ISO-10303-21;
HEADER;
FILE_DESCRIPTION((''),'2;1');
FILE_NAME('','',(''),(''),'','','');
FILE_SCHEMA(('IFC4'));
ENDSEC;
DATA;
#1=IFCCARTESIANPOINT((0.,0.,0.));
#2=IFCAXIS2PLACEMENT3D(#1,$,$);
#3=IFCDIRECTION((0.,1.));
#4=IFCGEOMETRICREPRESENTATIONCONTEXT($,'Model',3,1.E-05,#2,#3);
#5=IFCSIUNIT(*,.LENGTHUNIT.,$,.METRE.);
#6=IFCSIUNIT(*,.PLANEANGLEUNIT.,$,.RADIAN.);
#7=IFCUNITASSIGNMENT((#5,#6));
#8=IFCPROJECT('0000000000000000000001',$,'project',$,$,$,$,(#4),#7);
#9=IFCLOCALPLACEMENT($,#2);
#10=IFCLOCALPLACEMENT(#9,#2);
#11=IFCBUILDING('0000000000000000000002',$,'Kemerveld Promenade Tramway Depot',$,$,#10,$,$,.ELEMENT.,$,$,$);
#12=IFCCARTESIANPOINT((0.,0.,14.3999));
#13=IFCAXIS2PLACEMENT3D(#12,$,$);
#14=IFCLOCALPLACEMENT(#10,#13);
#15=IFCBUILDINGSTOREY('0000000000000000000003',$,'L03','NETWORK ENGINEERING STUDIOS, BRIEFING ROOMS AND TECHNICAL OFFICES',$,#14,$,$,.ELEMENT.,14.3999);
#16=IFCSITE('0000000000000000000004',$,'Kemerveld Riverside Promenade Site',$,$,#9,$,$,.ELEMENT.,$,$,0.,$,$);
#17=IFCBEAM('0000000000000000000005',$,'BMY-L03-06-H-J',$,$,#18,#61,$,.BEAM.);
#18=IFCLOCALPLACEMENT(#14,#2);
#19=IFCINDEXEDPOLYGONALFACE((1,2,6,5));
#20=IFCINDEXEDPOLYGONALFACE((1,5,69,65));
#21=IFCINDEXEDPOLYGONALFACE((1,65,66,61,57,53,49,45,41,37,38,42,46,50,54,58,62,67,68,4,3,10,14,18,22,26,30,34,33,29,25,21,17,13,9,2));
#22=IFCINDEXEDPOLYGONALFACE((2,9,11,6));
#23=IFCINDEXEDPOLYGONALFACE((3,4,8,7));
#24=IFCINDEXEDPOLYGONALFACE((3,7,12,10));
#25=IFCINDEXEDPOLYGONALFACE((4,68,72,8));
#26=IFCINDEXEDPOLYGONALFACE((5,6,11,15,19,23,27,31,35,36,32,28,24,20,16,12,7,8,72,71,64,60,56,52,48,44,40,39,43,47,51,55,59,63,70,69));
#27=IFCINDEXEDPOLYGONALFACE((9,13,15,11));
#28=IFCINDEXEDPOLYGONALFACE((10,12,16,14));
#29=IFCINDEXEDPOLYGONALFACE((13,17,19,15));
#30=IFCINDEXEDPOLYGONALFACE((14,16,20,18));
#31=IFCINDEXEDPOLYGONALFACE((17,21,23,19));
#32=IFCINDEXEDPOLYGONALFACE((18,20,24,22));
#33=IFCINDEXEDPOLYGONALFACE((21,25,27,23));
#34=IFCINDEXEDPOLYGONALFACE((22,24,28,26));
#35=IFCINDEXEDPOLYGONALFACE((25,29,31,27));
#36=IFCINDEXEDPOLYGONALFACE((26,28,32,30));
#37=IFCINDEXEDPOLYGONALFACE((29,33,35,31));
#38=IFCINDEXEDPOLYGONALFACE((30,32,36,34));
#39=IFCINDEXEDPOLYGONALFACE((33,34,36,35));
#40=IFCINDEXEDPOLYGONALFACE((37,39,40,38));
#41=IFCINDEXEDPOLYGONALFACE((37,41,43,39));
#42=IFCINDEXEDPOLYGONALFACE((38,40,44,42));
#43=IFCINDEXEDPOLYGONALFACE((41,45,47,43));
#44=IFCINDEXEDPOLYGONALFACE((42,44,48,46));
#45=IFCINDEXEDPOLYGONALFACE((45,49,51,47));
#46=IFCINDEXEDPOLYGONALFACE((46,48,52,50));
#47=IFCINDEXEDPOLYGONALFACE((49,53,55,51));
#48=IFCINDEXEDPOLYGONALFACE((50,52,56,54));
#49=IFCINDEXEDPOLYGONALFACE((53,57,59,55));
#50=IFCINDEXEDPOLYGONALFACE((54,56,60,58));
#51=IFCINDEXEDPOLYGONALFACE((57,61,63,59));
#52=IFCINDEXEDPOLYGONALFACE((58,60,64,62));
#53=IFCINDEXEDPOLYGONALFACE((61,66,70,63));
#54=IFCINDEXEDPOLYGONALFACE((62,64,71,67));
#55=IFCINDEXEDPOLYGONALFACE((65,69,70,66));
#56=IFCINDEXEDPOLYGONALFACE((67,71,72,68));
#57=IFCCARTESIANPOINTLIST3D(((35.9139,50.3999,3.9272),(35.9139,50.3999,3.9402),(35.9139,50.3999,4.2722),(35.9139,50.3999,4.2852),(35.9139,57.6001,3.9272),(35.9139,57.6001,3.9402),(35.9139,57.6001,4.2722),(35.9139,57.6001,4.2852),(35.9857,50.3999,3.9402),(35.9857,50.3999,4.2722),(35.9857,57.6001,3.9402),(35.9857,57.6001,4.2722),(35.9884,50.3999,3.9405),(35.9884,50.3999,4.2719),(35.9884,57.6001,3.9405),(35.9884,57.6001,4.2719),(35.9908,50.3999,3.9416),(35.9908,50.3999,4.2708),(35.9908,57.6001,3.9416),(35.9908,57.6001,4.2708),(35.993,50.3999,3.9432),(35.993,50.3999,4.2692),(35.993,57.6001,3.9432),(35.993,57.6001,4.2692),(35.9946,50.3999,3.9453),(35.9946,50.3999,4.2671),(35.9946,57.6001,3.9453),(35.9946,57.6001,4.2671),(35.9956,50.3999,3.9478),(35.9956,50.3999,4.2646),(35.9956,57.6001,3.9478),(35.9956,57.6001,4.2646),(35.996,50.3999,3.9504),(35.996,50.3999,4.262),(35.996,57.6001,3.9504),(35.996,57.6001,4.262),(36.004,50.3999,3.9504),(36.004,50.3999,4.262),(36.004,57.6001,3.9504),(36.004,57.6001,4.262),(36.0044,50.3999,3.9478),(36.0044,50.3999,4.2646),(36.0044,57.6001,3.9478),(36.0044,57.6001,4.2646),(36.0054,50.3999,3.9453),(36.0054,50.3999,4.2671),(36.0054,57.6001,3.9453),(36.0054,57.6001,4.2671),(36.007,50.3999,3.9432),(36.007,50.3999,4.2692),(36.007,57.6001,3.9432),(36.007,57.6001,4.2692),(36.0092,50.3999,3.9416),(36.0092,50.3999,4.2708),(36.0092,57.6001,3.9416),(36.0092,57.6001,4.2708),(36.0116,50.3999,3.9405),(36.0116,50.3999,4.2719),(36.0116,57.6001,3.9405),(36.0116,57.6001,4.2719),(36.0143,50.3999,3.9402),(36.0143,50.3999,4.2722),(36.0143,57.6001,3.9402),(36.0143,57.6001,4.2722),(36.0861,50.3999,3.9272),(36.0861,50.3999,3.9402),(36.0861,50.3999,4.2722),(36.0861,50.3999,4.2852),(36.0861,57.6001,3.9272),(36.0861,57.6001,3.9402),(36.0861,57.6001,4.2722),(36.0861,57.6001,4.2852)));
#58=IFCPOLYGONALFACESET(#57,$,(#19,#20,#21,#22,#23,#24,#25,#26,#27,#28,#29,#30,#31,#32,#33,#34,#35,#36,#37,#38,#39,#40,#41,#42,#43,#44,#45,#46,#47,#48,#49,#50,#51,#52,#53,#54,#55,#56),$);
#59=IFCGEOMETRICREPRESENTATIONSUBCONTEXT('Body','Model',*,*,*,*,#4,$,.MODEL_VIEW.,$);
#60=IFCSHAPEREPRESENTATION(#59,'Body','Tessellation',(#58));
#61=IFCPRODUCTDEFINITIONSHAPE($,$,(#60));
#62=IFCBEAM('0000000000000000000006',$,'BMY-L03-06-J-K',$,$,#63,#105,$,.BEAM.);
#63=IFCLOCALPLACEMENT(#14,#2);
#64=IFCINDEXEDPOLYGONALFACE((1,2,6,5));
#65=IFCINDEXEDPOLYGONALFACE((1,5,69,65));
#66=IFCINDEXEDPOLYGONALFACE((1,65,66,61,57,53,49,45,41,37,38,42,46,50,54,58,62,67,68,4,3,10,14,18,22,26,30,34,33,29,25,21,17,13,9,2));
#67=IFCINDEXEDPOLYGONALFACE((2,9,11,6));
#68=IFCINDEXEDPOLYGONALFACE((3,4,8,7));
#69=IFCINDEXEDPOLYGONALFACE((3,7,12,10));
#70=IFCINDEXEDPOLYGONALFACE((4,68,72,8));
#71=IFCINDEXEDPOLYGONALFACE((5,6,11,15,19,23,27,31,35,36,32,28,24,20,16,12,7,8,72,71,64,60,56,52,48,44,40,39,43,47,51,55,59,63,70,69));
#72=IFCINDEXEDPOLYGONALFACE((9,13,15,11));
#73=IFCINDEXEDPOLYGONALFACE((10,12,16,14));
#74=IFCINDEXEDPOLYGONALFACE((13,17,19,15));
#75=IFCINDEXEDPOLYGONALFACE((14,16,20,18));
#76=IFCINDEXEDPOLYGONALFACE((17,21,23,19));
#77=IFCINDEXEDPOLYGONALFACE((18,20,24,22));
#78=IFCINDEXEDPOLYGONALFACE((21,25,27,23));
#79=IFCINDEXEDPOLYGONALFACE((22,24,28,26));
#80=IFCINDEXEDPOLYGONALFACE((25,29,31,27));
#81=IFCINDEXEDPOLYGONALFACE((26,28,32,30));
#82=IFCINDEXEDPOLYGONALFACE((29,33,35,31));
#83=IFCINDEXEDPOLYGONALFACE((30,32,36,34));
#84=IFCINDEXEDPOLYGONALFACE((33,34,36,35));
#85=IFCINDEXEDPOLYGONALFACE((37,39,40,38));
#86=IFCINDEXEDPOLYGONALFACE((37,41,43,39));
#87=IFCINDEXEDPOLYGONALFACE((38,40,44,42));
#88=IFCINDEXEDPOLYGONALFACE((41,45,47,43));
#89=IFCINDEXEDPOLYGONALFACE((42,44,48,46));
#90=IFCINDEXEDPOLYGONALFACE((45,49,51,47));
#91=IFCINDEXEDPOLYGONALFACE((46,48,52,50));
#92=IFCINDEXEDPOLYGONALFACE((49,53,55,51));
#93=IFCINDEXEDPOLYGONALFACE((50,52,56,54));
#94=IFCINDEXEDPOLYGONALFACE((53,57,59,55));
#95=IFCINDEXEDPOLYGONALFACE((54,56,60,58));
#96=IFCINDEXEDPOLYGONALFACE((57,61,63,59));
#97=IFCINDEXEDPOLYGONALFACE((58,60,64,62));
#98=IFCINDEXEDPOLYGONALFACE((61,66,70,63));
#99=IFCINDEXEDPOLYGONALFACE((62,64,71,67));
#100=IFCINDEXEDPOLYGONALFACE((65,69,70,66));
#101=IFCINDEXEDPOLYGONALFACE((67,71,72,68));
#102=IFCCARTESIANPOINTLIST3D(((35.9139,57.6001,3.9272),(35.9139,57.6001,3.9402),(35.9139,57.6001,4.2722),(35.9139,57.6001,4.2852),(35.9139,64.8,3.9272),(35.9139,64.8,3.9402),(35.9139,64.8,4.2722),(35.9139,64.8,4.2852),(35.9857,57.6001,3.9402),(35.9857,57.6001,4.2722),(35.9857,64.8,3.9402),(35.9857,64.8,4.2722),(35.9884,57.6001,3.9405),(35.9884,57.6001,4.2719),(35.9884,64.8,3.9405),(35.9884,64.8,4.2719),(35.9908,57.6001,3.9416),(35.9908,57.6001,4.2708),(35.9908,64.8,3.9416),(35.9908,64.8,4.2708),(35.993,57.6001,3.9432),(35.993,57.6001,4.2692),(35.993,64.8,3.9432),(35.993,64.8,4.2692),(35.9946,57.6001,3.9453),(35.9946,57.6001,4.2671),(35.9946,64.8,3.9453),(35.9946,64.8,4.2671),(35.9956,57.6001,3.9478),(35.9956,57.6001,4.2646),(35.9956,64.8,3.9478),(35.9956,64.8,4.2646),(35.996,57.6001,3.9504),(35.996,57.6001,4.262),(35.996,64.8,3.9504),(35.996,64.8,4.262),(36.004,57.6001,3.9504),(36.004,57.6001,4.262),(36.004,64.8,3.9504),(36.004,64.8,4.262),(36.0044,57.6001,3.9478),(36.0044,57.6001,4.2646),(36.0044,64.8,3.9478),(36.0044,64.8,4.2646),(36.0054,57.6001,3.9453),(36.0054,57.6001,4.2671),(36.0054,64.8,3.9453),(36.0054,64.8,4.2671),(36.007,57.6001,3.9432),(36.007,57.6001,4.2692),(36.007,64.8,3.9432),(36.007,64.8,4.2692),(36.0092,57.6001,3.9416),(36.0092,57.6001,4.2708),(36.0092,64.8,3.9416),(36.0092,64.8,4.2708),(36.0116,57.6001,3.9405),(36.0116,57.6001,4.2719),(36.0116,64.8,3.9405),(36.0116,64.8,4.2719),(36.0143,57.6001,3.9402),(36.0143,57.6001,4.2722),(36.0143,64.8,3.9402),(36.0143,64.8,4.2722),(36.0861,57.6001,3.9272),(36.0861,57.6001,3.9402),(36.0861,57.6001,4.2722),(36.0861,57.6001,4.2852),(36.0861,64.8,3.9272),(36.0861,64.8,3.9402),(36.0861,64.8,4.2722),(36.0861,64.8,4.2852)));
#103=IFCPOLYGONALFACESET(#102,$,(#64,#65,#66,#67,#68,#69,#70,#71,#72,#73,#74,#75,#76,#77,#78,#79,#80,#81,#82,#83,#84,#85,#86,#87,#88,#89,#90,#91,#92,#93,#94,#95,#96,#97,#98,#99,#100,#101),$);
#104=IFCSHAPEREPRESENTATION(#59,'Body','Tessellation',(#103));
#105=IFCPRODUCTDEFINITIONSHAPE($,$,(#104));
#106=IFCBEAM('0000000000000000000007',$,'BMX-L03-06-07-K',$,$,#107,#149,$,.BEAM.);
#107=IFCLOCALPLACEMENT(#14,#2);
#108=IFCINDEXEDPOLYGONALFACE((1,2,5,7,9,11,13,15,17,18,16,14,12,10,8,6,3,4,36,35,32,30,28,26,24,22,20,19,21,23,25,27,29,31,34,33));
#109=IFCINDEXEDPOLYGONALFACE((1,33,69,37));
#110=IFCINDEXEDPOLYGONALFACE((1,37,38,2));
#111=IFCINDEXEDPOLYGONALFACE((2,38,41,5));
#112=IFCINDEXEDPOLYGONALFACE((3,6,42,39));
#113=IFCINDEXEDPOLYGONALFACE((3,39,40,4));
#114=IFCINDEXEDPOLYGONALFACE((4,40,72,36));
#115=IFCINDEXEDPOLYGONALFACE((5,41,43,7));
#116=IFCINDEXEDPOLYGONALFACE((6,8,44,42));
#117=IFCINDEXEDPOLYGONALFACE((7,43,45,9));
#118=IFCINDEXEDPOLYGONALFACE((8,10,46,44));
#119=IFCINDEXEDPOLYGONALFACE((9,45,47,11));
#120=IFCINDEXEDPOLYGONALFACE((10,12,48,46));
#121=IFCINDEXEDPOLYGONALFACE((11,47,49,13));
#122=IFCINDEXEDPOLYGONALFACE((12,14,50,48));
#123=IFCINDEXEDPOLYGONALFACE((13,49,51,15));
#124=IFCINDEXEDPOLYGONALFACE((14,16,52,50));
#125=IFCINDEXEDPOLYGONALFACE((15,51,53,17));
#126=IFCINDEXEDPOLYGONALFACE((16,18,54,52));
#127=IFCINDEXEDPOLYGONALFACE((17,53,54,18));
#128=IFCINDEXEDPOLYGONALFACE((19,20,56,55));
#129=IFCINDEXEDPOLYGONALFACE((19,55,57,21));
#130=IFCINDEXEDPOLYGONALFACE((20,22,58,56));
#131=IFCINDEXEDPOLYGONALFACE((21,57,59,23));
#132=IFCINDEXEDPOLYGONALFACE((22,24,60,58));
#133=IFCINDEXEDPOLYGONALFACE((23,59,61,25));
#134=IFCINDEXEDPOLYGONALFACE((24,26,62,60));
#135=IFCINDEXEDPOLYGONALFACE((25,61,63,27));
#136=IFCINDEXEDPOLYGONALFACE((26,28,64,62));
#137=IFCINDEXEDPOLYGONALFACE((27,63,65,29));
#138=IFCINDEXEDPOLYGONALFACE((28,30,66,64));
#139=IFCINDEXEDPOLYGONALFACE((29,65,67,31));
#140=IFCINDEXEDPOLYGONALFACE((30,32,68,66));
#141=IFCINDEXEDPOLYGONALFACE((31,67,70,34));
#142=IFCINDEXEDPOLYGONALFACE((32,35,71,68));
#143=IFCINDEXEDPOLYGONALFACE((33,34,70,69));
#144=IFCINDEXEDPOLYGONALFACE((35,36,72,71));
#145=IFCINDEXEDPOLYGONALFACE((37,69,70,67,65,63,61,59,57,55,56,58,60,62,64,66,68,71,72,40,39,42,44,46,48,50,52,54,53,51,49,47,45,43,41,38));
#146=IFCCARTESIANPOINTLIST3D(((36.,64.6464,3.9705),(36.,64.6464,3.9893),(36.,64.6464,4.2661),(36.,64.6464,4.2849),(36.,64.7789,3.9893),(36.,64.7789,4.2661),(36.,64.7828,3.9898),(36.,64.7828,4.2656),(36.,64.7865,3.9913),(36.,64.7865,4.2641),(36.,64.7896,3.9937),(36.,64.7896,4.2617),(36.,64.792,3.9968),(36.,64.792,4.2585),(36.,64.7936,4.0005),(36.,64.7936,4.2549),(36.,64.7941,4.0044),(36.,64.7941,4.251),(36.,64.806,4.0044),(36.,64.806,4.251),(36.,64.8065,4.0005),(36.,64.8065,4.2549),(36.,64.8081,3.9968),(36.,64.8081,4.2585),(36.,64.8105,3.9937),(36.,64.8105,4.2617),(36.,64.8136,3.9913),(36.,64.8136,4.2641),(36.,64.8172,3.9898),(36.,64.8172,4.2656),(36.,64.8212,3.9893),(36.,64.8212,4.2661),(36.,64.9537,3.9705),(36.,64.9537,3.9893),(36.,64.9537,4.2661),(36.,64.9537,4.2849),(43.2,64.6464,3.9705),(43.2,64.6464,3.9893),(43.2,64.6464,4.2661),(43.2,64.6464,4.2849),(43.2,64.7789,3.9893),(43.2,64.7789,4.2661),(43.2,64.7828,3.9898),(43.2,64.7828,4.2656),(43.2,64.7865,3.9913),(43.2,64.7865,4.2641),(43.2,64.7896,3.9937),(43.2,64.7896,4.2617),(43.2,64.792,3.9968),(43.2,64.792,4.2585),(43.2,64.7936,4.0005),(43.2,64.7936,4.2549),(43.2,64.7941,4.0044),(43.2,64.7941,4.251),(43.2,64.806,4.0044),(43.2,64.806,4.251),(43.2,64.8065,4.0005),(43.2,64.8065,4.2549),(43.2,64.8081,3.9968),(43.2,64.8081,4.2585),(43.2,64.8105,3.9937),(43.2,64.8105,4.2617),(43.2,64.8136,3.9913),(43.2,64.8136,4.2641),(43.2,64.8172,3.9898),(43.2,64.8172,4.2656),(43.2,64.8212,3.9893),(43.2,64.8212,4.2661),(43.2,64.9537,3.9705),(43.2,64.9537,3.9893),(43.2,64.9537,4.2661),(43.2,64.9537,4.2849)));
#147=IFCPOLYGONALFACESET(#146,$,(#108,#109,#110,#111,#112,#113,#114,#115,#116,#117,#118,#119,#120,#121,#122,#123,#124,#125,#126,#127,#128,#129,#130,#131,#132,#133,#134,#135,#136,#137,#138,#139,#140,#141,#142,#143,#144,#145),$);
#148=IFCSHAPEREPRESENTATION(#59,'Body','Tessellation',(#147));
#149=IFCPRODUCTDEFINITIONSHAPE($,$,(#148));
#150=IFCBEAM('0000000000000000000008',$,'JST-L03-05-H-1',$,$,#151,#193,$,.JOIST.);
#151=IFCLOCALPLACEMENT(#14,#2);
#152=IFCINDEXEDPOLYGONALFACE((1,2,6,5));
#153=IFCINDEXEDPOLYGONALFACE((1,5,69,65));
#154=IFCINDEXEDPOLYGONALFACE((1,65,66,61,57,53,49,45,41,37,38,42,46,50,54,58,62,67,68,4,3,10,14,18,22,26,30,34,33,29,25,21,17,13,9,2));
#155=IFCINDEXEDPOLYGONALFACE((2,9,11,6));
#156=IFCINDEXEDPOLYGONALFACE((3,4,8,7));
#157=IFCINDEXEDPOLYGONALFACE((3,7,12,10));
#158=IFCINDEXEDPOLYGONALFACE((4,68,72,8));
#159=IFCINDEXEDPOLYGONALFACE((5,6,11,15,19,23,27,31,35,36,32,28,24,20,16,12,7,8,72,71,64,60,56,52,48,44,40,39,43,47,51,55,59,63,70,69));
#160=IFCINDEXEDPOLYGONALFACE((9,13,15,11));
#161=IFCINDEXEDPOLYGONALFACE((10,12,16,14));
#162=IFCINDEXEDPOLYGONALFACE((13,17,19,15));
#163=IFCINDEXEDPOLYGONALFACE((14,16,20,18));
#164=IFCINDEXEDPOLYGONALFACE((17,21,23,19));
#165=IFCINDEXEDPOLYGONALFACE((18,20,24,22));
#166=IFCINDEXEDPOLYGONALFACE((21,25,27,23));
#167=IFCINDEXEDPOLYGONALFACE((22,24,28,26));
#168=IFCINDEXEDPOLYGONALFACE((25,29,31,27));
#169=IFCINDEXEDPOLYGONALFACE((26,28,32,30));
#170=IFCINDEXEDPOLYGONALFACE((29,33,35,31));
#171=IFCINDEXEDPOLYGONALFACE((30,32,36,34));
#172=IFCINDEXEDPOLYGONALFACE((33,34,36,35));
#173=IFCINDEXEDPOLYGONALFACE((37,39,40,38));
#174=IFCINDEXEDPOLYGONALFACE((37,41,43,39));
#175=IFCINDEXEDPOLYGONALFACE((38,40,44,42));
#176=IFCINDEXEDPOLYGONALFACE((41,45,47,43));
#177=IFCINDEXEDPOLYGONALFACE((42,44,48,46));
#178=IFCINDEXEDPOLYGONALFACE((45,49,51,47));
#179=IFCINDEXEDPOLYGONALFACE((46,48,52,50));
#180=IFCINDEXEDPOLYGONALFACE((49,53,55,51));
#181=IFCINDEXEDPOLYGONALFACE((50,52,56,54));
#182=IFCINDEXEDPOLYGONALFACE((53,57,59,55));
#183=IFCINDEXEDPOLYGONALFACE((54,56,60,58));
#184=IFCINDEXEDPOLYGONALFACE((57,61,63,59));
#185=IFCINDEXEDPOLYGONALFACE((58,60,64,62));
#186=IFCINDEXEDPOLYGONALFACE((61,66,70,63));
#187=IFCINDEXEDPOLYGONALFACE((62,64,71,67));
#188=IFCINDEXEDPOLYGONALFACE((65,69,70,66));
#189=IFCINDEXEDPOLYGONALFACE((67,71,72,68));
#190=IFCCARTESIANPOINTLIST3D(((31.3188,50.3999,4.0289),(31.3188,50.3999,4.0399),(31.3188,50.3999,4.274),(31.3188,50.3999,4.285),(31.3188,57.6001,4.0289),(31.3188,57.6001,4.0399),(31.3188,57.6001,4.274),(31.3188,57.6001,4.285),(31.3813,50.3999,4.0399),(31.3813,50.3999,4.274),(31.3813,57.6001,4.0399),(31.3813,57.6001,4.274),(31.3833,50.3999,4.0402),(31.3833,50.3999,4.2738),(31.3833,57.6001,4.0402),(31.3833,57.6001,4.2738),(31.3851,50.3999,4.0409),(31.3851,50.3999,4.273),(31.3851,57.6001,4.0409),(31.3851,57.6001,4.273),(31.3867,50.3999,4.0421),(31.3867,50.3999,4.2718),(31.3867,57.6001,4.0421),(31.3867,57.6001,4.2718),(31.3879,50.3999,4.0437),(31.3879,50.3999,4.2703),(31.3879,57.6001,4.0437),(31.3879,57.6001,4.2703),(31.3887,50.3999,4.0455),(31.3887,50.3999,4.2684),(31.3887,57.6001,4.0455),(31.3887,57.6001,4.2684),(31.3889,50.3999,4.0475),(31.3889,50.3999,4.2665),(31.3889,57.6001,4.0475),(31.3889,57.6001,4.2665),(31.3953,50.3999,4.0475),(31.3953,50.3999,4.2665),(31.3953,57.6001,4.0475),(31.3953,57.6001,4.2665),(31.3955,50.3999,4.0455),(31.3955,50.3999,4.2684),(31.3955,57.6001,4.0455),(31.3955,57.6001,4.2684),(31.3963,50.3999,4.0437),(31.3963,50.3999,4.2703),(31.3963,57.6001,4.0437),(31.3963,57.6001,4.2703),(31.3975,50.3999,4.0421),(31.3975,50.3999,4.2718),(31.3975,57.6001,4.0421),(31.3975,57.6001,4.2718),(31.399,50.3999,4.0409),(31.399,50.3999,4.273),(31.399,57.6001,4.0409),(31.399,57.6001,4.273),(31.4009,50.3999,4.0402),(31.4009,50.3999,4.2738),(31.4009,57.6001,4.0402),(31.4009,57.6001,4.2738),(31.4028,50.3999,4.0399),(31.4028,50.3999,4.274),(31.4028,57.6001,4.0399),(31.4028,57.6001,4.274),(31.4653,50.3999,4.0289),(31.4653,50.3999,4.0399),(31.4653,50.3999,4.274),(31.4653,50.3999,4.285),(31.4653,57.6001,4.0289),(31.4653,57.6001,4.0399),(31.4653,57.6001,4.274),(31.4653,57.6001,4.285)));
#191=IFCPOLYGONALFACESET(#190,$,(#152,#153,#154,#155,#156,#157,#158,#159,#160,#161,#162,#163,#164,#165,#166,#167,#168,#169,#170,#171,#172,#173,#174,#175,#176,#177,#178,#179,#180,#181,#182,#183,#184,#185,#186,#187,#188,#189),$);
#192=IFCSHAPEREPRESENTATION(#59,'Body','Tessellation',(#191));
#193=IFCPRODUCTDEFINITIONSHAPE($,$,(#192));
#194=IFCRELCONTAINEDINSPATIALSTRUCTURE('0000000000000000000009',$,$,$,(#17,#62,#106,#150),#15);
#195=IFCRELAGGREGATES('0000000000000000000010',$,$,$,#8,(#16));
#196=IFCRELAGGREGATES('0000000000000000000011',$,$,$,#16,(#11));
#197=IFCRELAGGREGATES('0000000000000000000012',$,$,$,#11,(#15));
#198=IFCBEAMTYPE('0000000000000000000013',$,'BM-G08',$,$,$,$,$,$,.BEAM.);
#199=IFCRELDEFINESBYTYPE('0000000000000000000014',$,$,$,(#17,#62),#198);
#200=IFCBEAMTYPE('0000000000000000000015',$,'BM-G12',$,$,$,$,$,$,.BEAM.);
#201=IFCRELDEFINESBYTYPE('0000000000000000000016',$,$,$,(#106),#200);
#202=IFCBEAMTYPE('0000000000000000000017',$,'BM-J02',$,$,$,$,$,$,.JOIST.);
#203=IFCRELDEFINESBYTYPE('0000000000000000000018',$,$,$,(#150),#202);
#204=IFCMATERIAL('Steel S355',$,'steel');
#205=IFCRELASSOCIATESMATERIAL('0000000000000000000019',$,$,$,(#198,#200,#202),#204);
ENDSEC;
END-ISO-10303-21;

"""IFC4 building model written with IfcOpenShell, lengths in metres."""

from ifc_helpers import new_model, si_unit, direction, frame, origin, origin_2d, place, context, subcontext, project, spatial, i_section, extrude, material, material_profile, profile_set, type_object, element, save


model = new_model("IFC4")

# Units and contexts
model_context = context("Model", 3, precision=1e-05, world=origin(), true_north=direction((0.0, 1.0)))
body_context = subcontext(model_context, "Body", "Model", "MODEL_VIEW")
ifc_project = project(units=[si_unit("LENGTHUNIT", "METRE"), si_unit("PLANEANGLEUNIT", "RADIAN")], contexts=[model_context])

# Site, building, storey
site_placement = place(None, origin())
site = spatial("IfcSite", under=ifc_project, at=site_placement, Name="Kemerveld Riverside Promenade Site", CompositionType="ELEMENT", RefElevation=0.0)
building_placement = place(site_placement, origin())
building = spatial("IfcBuilding", under=site, at=building_placement, Name="Kemerveld Promenade Tramway Depot", CompositionType="ELEMENT")
storey_placement = place(building_placement, frame((0.0, 0.0, 14.3999)))
storey = spatial("IfcBuildingStorey", under=building, at=storey_placement, Name="L03", Description="NETWORK ENGINEERING STUDIOS, BRIEFING ROOMS AND TECHNICAL OFFICES", CompositionType="ELEMENT", Elevation=14.3999)

# Shared definitions
ifc_material_1 = material(Name="Steel S355", Category="steel")

# Beams
ifc_material_profile_1 = material_profile(ifc_material_1, i_section(OverallWidth=0.1721, OverallDepth=0.3579, WebThickness=0.0081, FlangeThickness=0.0129, FilletRadius=0.0103, at=origin_2d()), Name="356x171x57 UB")
ifc_profile_set_1 = profile_set([ifc_material_profile_1], Name="Steel S355")
beam_type_1 = type_object("IfcBeamType", Name="BM-G08", PredefinedType="BEAM", material=ifc_profile_set_1)
beam_1_placement = place(storey_placement, frame((36.0, 50.3999, 4.1062), z_axis=(0.0, 1.0, 0.0), x_axis=(-1.0, 0.0, 0.0)))
element("IfcBeam", 1, at=beam_1_placement, inside=storey, type_object=beam_type_1, Name="BMY-L03-06-H-J", PredefinedType="BEAM", context=body_context, shape_type="SweptSolid", body=[
    extrude(i_section(OverallWidth=0.1721, OverallDepth=0.3579, WebThickness=0.0081, FlangeThickness=0.0129, FilletRadius=0.0103, at=origin_2d()), origin(), (0.0, 0.0, 1.0), 7.2002),
])
beam_2_placement = place(storey_placement, frame((36.0, 57.6001, 4.1062), z_axis=(0.0, 1.0, 0.0), x_axis=(-1.0, 0.0, 0.0)))
element("IfcBeam", 2, at=beam_2_placement, inside=storey, type_object=beam_type_1, Name="BMY-L03-06-J-K", PredefinedType="BEAM", context=body_context, shape_type="SweptSolid", body=[
    extrude(i_section(OverallWidth=0.1721, OverallDepth=0.3579, WebThickness=0.0081, FlangeThickness=0.0129, FilletRadius=0.0103, at=origin_2d()), origin(), (0.0, 0.0, 1.0), 7.2),
])
ifc_material_profile_2 = material_profile(ifc_material_1, i_section(OverallWidth=0.3074, OverallDepth=0.3145, WebThickness=0.012, FlangeThickness=0.0188, FilletRadius=0.0151, at=origin_2d()), Name="305x305x118 UC")
ifc_profile_set_2 = profile_set([ifc_material_profile_2], Name="Steel S355")
beam_type_2 = type_object("IfcBeamType", Name="BM-G12", PredefinedType="BEAM", material=ifc_profile_set_2)
beam_3_placement = place(storey_placement, frame((36.0, 64.8, 4.1277), z_axis=(1.0, 0.0, 0.0), x_axis=(0.0, 1.0, 0.0)))
element("IfcBeam", 3, at=beam_3_placement, inside=storey, type_object=beam_type_2, Name="BMX-L03-06-07-K", PredefinedType="BEAM", context=body_context, shape_type="SweptSolid", body=[
    extrude(i_section(OverallWidth=0.3074, OverallDepth=0.3145, WebThickness=0.012, FlangeThickness=0.0188, FilletRadius=0.0151, at=origin_2d()), origin(), (0.0, 0.0, 1.0), 7.2),
])
ifc_material_profile_3 = material_profile(ifc_material_1, i_section(OverallWidth=0.1465, OverallDepth=0.2561, WebThickness=0.0063, FlangeThickness=0.011, FilletRadius=0.0076, at=origin_2d()), Name="254x146x37 UB")
ifc_profile_set_3 = profile_set([ifc_material_profile_3], Name="Steel S355")
beam_type_3 = type_object("IfcBeamType", Name="BM-J02", PredefinedType="JOIST", material=ifc_profile_set_3)
for number, where, z_axis, x_axis, name in (
    (4, (31.3921, 50.3999, 4.157), (0.0, 1.0, 0.0), (-1.0, 0.0, 0.0), "JST-L03-05-H-1"),
):
    element("IfcBeam", number, at=place(storey_placement, frame(where, z_axis=z_axis, x_axis=x_axis)), inside=storey, type_object=beam_type_3, Name=name, PredefinedType="JOIST", context=body_context, shape_type="SweptSolid", body=[
        extrude(i_section(OverallWidth=0.1465, OverallDepth=0.2561, WebThickness=0.0063, FlangeThickness=0.011, FilletRadius=0.0076, at=origin_2d()), origin(), (0.0, 0.0, 1.0), 7.2002),
    ])

save(model, "model.ifc")
